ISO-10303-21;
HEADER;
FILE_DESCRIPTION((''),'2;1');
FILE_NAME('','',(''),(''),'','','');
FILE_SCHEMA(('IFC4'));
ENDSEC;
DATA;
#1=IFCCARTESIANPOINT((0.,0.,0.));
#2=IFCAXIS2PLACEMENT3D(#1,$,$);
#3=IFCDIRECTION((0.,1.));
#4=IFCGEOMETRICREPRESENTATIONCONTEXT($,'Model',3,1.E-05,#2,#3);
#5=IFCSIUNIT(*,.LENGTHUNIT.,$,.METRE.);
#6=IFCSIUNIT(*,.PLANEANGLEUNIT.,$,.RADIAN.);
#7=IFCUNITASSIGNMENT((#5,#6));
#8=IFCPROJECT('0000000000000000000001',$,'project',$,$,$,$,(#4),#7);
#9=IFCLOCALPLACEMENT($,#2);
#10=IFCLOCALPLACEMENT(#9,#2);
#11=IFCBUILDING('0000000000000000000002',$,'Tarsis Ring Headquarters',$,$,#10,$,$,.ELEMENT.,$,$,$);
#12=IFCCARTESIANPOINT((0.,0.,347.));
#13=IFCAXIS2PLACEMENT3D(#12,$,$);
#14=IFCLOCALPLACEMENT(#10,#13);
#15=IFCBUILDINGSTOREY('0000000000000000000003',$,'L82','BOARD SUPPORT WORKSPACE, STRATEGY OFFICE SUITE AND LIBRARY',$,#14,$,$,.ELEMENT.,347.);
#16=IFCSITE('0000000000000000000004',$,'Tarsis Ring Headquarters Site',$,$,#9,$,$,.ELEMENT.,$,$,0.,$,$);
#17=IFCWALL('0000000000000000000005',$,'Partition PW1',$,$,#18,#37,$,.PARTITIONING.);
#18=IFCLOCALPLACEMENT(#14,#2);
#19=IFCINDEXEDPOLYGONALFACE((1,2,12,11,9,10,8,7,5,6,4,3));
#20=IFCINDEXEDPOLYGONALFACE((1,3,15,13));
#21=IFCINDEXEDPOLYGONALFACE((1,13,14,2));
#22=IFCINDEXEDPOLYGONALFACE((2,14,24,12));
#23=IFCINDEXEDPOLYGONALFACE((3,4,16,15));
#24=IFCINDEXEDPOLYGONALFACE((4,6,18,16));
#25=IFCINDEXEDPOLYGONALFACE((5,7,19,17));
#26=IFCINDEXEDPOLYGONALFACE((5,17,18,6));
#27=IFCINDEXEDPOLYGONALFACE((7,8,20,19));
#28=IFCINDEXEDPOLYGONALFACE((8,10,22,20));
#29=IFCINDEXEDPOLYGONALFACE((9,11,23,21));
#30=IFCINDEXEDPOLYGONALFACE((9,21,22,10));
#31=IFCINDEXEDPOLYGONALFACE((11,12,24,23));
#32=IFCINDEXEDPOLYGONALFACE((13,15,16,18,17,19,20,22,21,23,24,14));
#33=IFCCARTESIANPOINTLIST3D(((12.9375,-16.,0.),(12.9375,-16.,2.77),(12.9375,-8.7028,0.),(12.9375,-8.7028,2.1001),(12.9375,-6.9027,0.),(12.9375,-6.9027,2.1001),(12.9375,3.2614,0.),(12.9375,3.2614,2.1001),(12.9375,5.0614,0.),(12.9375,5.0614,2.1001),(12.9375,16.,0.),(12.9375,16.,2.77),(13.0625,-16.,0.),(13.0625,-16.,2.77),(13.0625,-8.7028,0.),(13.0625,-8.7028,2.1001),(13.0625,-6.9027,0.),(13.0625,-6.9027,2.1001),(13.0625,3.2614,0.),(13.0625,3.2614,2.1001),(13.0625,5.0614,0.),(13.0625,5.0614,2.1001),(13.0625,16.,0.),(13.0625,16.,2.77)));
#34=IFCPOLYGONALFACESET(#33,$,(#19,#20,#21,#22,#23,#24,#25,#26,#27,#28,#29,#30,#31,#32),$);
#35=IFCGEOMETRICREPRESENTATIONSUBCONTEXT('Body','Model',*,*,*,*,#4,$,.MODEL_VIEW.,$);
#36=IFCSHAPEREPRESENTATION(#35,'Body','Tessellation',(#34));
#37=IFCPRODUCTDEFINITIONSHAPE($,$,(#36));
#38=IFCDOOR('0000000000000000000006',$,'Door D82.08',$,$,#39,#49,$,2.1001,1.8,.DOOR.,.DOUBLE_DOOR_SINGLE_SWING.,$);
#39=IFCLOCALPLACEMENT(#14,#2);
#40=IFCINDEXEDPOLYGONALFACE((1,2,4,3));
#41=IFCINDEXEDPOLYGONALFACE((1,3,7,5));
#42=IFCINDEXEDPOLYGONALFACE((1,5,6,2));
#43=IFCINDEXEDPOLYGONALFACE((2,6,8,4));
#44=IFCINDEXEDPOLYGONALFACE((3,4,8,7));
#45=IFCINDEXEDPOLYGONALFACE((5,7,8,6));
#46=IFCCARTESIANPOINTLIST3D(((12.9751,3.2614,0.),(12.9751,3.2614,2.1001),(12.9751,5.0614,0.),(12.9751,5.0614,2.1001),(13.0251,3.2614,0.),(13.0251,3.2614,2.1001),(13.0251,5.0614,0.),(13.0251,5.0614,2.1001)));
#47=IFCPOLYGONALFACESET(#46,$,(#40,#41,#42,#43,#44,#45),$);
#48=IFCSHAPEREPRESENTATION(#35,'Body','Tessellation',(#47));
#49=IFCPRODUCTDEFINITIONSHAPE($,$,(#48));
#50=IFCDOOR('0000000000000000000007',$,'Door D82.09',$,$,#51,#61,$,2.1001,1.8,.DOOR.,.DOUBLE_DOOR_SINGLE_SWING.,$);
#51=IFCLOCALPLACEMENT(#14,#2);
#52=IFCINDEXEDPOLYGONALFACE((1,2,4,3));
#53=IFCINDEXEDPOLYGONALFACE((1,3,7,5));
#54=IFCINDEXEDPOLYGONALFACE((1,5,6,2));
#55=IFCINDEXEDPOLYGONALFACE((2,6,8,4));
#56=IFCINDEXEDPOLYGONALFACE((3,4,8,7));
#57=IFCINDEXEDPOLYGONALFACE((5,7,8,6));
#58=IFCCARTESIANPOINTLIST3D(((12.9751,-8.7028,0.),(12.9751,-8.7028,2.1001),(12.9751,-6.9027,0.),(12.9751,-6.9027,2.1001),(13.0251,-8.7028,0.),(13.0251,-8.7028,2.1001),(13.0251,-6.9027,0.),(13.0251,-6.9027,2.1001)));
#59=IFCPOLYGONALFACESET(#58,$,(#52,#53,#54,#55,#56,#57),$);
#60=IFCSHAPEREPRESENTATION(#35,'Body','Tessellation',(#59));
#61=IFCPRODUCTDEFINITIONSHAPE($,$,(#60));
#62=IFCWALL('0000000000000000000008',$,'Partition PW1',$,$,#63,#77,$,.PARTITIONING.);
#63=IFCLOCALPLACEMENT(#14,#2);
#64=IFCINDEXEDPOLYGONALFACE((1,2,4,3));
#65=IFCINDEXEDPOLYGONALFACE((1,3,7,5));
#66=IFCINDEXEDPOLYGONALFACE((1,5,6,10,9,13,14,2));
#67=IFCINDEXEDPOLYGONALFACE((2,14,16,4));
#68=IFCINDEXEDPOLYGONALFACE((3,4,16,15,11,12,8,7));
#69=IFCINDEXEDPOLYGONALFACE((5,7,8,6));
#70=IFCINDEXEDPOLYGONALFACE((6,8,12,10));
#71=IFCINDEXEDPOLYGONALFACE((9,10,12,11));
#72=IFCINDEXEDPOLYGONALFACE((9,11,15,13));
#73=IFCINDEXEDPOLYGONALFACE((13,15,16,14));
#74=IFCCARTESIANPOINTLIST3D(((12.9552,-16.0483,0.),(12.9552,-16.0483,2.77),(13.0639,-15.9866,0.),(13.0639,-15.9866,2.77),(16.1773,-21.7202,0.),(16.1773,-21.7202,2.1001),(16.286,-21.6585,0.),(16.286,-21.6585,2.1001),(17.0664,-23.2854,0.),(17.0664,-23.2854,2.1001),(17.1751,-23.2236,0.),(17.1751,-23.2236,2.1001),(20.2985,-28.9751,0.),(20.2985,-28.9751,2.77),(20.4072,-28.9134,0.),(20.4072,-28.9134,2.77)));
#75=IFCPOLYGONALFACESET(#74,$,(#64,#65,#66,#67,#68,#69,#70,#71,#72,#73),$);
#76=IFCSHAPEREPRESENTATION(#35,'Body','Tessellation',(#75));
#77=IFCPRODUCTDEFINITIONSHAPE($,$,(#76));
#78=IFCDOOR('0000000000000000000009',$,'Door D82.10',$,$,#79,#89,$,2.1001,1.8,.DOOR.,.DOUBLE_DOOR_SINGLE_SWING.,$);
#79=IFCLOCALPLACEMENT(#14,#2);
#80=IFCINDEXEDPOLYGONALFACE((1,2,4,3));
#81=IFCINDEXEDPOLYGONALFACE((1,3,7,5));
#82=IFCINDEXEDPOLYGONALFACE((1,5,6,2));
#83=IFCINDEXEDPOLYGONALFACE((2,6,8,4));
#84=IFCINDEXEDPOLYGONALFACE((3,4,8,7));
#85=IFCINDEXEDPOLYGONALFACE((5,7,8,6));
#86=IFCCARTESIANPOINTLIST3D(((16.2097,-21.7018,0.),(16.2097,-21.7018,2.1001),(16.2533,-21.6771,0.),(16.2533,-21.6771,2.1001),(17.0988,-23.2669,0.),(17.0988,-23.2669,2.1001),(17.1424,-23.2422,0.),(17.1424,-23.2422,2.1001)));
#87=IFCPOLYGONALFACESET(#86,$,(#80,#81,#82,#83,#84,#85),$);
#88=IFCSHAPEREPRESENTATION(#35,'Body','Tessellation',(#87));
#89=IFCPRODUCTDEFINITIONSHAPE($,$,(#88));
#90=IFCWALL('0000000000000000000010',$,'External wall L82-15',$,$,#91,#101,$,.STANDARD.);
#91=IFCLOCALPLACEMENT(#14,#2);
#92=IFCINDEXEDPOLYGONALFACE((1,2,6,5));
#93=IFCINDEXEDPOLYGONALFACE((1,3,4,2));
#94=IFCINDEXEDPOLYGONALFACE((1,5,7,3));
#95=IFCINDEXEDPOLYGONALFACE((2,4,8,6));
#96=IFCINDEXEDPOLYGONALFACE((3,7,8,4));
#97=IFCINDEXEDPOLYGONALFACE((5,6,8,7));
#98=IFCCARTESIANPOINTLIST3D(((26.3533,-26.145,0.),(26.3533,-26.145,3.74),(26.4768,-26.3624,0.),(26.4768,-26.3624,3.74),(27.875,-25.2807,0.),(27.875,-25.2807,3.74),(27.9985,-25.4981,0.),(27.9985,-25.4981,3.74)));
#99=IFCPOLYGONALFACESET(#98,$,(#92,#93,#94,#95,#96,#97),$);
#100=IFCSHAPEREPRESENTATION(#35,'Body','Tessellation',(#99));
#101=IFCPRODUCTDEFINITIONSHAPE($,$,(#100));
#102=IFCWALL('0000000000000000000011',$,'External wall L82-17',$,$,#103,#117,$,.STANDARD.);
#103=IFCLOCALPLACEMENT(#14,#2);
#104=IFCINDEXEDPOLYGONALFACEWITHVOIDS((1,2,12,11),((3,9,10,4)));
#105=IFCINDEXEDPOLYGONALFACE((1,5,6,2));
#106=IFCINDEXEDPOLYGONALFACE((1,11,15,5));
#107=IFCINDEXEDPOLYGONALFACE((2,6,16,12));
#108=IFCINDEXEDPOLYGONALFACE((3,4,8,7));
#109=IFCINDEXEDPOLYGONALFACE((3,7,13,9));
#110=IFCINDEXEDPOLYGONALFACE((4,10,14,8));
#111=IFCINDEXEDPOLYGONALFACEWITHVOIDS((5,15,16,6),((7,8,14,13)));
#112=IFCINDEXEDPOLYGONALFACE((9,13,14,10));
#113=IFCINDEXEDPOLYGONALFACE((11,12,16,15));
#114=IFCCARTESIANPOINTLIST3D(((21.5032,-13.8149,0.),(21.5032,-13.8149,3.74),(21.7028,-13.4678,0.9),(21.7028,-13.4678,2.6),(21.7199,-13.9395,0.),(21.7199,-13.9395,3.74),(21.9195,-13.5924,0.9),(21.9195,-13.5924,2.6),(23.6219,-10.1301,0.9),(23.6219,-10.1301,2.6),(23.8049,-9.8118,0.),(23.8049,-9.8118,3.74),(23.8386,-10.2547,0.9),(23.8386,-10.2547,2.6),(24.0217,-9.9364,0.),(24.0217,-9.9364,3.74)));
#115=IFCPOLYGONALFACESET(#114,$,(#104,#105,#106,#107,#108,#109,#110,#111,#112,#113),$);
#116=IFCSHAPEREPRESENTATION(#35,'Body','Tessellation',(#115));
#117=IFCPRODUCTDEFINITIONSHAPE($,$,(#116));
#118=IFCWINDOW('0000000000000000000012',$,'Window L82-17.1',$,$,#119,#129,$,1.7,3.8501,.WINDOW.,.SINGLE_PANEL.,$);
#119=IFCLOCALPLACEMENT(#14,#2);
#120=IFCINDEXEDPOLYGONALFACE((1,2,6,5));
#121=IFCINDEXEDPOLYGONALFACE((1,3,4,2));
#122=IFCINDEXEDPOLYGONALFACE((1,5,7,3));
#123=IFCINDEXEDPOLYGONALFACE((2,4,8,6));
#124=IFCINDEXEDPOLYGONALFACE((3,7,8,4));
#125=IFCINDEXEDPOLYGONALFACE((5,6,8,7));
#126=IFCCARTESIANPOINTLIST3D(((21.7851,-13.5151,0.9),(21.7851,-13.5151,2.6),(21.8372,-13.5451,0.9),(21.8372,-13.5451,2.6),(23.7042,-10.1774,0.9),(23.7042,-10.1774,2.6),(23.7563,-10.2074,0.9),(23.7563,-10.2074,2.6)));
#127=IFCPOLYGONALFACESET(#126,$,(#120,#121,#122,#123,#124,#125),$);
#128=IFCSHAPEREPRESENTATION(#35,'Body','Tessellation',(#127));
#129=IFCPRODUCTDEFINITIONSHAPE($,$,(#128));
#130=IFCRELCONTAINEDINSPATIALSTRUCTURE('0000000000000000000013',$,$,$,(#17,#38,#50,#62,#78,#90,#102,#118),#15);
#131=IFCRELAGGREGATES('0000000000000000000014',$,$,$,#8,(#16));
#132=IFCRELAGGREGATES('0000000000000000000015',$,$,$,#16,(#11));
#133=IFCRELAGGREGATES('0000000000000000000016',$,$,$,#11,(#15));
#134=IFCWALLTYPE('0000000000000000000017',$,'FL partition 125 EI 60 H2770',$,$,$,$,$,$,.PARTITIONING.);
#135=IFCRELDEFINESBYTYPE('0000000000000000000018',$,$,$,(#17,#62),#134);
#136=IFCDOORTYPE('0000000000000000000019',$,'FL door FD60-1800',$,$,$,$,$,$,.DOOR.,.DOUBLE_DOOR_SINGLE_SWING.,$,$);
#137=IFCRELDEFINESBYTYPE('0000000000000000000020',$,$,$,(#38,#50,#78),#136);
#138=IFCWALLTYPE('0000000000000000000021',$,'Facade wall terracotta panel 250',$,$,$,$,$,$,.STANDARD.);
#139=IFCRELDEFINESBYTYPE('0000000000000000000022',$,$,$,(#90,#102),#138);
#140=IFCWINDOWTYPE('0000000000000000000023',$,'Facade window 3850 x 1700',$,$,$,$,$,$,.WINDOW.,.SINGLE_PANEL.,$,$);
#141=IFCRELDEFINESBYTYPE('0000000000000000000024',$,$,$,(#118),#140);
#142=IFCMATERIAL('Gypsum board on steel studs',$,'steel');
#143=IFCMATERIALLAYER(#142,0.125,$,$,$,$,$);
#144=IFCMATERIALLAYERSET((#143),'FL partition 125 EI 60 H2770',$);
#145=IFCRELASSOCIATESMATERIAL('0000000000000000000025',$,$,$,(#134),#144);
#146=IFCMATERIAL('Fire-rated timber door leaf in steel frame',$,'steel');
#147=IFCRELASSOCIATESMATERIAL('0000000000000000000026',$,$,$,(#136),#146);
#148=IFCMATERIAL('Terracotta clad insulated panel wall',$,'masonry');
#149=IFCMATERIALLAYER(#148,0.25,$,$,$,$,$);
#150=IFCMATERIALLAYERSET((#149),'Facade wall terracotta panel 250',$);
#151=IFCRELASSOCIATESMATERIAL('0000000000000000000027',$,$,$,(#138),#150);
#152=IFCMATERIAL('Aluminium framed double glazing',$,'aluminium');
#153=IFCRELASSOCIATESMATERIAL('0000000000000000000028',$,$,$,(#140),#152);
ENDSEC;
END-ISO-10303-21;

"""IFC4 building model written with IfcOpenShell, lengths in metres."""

from ifc_helpers import new_model, si_unit, direction, frame, frame_2d, origin, place, context, subcontext, project, spatial, rectangle, extrude, material, layer, layer_set, type_object, element, fill, save


model = new_model("IFC4")

# Units and contexts
model_context = context("Model", 3, precision=1e-05, world=origin(), true_north=direction((0.0, 1.0)))
body_context = subcontext(model_context, "Body", "Model", "MODEL_VIEW")
ifc_project = project(units=[si_unit("LENGTHUNIT", "METRE"), si_unit("PLANEANGLEUNIT", "RADIAN")], contexts=[model_context])

# Site, building, storey
site_placement = place(None, origin())
site = spatial("IfcSite", under=ifc_project, at=site_placement, Name="Tarsis Ring Headquarters Site", CompositionType="ELEMENT", RefElevation=0.0)
building_placement = place(site_placement, origin())
building = spatial("IfcBuilding", under=site, at=building_placement, Name="Tarsis Ring Headquarters", CompositionType="ELEMENT")
storey_placement = place(building_placement, frame((0.0, 0.0, 347.0)))
storey = spatial("IfcBuildingStorey", under=building, at=storey_placement, Name="L82", Description="BOARD SUPPORT WORKSPACE, STRATEGY OFFICE SUITE AND LIBRARY", CompositionType="ELEMENT", Elevation=347.0)

# Shared definitions
ifc_material_1 = material(Name="Gypsum board on steel studs", Category="steel")

# Wall, openings, doors
ifc_layer_1 = layer(ifc_material_1, 0.125)
ifc_layer_set_1 = layer_set([ifc_layer_1], Name="FL partition 125 EI 60 H2770")
wall_type_1 = type_object("IfcWallType", Name="FL partition 125 EI 60 H2770", PredefinedType="PARTITIONING", material=ifc_layer_set_1)
wall_1_placement = place(storey_placement, frame((13.0, -16.0, 0.0), z_axis=(0.0, 0.0, 1.0), x_axis=(0.0, 1.0, 0.0)))
wall_1 = element("IfcWall", 1, at=wall_1_placement, inside=storey, type_object=wall_type_1, Name="Partition PW1", PredefinedType="PARTITIONING", context=body_context, shape_type="SweptSolid", body=[
    extrude(rectangle(XDim=32.0, YDim=0.125, at=frame_2d((16.0, 0.0))), origin(), (0.0, 0.0, 1.0), 2.77),
])
opening_1_placement = place(wall_1_placement, frame((19.2615, 0.0, 0.0)))
opening_1 = element("IfcOpeningElement", 2, at=opening_1_placement, cuts=wall_1, PredefinedType="OPENING", context=body_context, shape_type="SweptSolid", body=[
    extrude(rectangle(XDim=1.8, YDim=2.1001, at=frame_2d((0.8999, 1.05))), frame((0.0, 0.0725, 0.0), z_axis=(0.0, -1.0, 0.0), x_axis=(1.0, 0.0, 0.0)), (0.0, 0.0, 1.0), 0.145),
])
opening_2_placement = place(wall_1_placement, frame((7.2974, 0.0, 0.0)))
opening_2 = element("IfcOpeningElement", 3, at=opening_2_placement, cuts=wall_1, PredefinedType="OPENING", context=body_context, shape_type="SweptSolid", body=[
    extrude(rectangle(XDim=1.8, YDim=2.1001, at=frame_2d((0.8999, 1.05))), frame((0.0, 0.0725, 0.0), z_axis=(0.0, -1.0, 0.0), x_axis=(1.0, 0.0, 0.0)), (0.0, 0.0, 1.0), 0.145),
])
ifc_material_2 = material(Name="Fire-rated timber door leaf in steel frame", Category="steel")
door_type_1 = type_object("IfcDoorType", Name="FL door FD60-1800", OperationType="DOUBLE_DOOR_SINGLE_SWING", PredefinedType="DOOR", material=ifc_material_2)
door_1_placement = place(opening_1_placement, origin())
door_1 = element("IfcDoor", 4, at=door_1_placement, inside=storey, type_object=door_type_1, Name="Door D82.08", OperationType="DOUBLE_DOOR_SINGLE_SWING", OverallHeight=2.1001, OverallWidth=1.8, PredefinedType="DOOR", context=body_context, shape_type="SweptSolid", body=[
    extrude(rectangle(XDim=1.8, YDim=2.1001, at=frame_2d((0.8999, 1.05))), frame((0.0, 0.0249, 0.0), z_axis=(0.0, -1.0, 0.0), x_axis=(1.0, 0.0, 0.0)), (0.0, 0.0, 1.0), 0.05),
])
fill(opening_1, door_1)
door_2_placement = place(opening_2_placement, origin())
door_2 = element("IfcDoor", 5, at=door_2_placement, inside=storey, type_object=door_type_1, Name="Door D82.09", OperationType="DOUBLE_DOOR_SINGLE_SWING", OverallHeight=2.1001, OverallWidth=1.8, PredefinedType="DOOR", context=body_context, shape_type="SweptSolid", body=[
    extrude(rectangle(XDim=1.8, YDim=2.1001, at=frame_2d((0.8999, 1.05))), frame((0.0, 0.0249, 0.0), z_axis=(0.0, -1.0, 0.0), x_axis=(1.0, 0.0, 0.0)), (0.0, 0.0, 1.0), 0.05),
])
fill(opening_2, door_2)

# Wall, opening, door
wall_2_placement = place(storey_placement, frame((13.0095, -16.0173, 0.0), z_axis=(0.0, 0.0, 1.0), x_axis=(0.493934, -0.8695, 0.0)))
wall_2 = element("IfcWall", 6, at=wall_2_placement, inside=storey, type_object=wall_type_1, Name="Partition PW1", PredefinedType="PARTITIONING", context=body_context, shape_type="SweptSolid", body=[
    extrude(rectangle(XDim=14.8669, YDim=0.125, at=frame_2d((7.4336, 0.0))), origin(), (0.0, 0.0, 1.0), 2.77),
])
opening_3_placement = place(wall_2_placement, frame((6.5234, 0.0, 0.0)))
opening_3 = element("IfcOpeningElement", 7, at=opening_3_placement, cuts=wall_2, PredefinedType="OPENING", context=body_context, shape_type="SweptSolid", body=[
    extrude(rectangle(XDim=1.8, YDim=2.1001, at=frame_2d((0.8999, 1.05))), frame((0.0, 0.0725, 0.0), z_axis=(0.0, -1.0, 0.0), x_axis=(1.0, 0.0, 0.0)), (0.0, 0.0, 1.0), 0.145),
])
door_3_placement = place(opening_3_placement, origin())
door_3 = element("IfcDoor", 8, at=door_3_placement, inside=storey, type_object=door_type_1, Name="Door D82.10", OperationType="DOUBLE_DOOR_SINGLE_SWING", OverallHeight=2.1001, OverallWidth=1.8, PredefinedType="DOOR", context=body_context, shape_type="SweptSolid", body=[
    extrude(rectangle(XDim=1.8, YDim=2.1001, at=frame_2d((0.8999, 1.05))), frame((0.0, 0.0249, 0.0), z_axis=(0.0, -1.0, 0.0), x_axis=(1.0, 0.0, 0.0)), (0.0, 0.0, 1.0), 0.05),
])
fill(opening_3, door_3)

# Wall
ifc_material_3 = material(Name="Terracotta clad insulated panel wall", Category="masonry")
ifc_layer_2 = layer(ifc_material_3, 0.25)
ifc_layer_set_2 = layer_set([ifc_layer_2], Name="Facade wall terracotta panel 250")
wall_type_2 = type_object("IfcWallType", Name="Facade wall terracotta panel 250", PredefinedType="STANDARD", material=ifc_layer_set_2)
wall_3_placement = place(storey_placement, frame((26.415, -26.2537, 0.0), z_axis=(0.0, 0.0, 1.0), x_axis=(0.869545, 0.493854, 0.0)))
element("IfcWall", 9, at=wall_3_placement, inside=storey, type_object=wall_type_2, Name="External wall L82-15", PredefinedType="STANDARD", context=body_context, shape_type="SweptSolid", body=[
    extrude(rectangle(XDim=1.75, YDim=0.25, at=frame_2d((0.875, 0.0))), origin(), (0.0, 0.0, 1.0), 3.74),
])

# Shared definitions
ifc_material_4 = material(Name="Aluminium framed double glazing", Category="aluminium")

# Wall, opening, window
wall_4_placement = place(storey_placement, frame((21.6116, -13.8772, 0.0), z_axis=(0.0, 0.0, 1.0), x_axis=(0.49846, 0.866913, 0.0)))
wall_4 = element("IfcWall", 10, at=wall_4_placement, inside=storey, type_object=wall_type_2, Name="External wall L82-17", PredefinedType="STANDARD", context=body_context, shape_type="SweptSolid", body=[
    extrude(rectangle(XDim=4.6177, YDim=0.25, at=frame_2d((2.3088, 0.0))), origin(), (0.0, 0.0, 1.0), 3.74),
])
opening_4_placement = place(wall_4_placement, frame((0.4004, 0.0, 0.8999)))
opening_4 = element("IfcOpeningElement", 11, at=opening_4_placement, cuts=wall_4, PredefinedType="OPENING", context=body_context, shape_type="SweptSolid", body=[
    extrude(rectangle(XDim=3.8501, YDim=1.7, at=frame_2d((1.925, 0.8501))), frame((0.0, 0.135, 0.0), z_axis=(0.0, -1.0, 0.0), x_axis=(1.0, 0.0, 0.0)), (0.0, 0.0, 1.0), 0.27),
])
window_type = type_object("IfcWindowType", Name="Facade window 3850 x 1700", PartitioningType="SINGLE_PANEL", PredefinedType="WINDOW", material=ifc_material_4)
window_placement = place(opening_4_placement, origin())
window = element("IfcWindow", 12, at=window_placement, inside=storey, type_object=window_type, Name="Window L82-17.1", OverallHeight=1.7, OverallWidth=3.8501, PartitioningType="SINGLE_PANEL", PredefinedType="WINDOW", context=body_context, shape_type="SweptSolid", body=[
    extrude(rectangle(XDim=3.8501, YDim=1.7, at=frame_2d((1.925, 0.8501))), frame((0.0, 0.03, 0.0), z_axis=(0.0, -1.0, 0.0), x_axis=(1.0, 0.0, 0.0)), (0.0, 0.0, 1.0), 0.0601),
])
fill(opening_4, window)

save(model, "model.ifc")
